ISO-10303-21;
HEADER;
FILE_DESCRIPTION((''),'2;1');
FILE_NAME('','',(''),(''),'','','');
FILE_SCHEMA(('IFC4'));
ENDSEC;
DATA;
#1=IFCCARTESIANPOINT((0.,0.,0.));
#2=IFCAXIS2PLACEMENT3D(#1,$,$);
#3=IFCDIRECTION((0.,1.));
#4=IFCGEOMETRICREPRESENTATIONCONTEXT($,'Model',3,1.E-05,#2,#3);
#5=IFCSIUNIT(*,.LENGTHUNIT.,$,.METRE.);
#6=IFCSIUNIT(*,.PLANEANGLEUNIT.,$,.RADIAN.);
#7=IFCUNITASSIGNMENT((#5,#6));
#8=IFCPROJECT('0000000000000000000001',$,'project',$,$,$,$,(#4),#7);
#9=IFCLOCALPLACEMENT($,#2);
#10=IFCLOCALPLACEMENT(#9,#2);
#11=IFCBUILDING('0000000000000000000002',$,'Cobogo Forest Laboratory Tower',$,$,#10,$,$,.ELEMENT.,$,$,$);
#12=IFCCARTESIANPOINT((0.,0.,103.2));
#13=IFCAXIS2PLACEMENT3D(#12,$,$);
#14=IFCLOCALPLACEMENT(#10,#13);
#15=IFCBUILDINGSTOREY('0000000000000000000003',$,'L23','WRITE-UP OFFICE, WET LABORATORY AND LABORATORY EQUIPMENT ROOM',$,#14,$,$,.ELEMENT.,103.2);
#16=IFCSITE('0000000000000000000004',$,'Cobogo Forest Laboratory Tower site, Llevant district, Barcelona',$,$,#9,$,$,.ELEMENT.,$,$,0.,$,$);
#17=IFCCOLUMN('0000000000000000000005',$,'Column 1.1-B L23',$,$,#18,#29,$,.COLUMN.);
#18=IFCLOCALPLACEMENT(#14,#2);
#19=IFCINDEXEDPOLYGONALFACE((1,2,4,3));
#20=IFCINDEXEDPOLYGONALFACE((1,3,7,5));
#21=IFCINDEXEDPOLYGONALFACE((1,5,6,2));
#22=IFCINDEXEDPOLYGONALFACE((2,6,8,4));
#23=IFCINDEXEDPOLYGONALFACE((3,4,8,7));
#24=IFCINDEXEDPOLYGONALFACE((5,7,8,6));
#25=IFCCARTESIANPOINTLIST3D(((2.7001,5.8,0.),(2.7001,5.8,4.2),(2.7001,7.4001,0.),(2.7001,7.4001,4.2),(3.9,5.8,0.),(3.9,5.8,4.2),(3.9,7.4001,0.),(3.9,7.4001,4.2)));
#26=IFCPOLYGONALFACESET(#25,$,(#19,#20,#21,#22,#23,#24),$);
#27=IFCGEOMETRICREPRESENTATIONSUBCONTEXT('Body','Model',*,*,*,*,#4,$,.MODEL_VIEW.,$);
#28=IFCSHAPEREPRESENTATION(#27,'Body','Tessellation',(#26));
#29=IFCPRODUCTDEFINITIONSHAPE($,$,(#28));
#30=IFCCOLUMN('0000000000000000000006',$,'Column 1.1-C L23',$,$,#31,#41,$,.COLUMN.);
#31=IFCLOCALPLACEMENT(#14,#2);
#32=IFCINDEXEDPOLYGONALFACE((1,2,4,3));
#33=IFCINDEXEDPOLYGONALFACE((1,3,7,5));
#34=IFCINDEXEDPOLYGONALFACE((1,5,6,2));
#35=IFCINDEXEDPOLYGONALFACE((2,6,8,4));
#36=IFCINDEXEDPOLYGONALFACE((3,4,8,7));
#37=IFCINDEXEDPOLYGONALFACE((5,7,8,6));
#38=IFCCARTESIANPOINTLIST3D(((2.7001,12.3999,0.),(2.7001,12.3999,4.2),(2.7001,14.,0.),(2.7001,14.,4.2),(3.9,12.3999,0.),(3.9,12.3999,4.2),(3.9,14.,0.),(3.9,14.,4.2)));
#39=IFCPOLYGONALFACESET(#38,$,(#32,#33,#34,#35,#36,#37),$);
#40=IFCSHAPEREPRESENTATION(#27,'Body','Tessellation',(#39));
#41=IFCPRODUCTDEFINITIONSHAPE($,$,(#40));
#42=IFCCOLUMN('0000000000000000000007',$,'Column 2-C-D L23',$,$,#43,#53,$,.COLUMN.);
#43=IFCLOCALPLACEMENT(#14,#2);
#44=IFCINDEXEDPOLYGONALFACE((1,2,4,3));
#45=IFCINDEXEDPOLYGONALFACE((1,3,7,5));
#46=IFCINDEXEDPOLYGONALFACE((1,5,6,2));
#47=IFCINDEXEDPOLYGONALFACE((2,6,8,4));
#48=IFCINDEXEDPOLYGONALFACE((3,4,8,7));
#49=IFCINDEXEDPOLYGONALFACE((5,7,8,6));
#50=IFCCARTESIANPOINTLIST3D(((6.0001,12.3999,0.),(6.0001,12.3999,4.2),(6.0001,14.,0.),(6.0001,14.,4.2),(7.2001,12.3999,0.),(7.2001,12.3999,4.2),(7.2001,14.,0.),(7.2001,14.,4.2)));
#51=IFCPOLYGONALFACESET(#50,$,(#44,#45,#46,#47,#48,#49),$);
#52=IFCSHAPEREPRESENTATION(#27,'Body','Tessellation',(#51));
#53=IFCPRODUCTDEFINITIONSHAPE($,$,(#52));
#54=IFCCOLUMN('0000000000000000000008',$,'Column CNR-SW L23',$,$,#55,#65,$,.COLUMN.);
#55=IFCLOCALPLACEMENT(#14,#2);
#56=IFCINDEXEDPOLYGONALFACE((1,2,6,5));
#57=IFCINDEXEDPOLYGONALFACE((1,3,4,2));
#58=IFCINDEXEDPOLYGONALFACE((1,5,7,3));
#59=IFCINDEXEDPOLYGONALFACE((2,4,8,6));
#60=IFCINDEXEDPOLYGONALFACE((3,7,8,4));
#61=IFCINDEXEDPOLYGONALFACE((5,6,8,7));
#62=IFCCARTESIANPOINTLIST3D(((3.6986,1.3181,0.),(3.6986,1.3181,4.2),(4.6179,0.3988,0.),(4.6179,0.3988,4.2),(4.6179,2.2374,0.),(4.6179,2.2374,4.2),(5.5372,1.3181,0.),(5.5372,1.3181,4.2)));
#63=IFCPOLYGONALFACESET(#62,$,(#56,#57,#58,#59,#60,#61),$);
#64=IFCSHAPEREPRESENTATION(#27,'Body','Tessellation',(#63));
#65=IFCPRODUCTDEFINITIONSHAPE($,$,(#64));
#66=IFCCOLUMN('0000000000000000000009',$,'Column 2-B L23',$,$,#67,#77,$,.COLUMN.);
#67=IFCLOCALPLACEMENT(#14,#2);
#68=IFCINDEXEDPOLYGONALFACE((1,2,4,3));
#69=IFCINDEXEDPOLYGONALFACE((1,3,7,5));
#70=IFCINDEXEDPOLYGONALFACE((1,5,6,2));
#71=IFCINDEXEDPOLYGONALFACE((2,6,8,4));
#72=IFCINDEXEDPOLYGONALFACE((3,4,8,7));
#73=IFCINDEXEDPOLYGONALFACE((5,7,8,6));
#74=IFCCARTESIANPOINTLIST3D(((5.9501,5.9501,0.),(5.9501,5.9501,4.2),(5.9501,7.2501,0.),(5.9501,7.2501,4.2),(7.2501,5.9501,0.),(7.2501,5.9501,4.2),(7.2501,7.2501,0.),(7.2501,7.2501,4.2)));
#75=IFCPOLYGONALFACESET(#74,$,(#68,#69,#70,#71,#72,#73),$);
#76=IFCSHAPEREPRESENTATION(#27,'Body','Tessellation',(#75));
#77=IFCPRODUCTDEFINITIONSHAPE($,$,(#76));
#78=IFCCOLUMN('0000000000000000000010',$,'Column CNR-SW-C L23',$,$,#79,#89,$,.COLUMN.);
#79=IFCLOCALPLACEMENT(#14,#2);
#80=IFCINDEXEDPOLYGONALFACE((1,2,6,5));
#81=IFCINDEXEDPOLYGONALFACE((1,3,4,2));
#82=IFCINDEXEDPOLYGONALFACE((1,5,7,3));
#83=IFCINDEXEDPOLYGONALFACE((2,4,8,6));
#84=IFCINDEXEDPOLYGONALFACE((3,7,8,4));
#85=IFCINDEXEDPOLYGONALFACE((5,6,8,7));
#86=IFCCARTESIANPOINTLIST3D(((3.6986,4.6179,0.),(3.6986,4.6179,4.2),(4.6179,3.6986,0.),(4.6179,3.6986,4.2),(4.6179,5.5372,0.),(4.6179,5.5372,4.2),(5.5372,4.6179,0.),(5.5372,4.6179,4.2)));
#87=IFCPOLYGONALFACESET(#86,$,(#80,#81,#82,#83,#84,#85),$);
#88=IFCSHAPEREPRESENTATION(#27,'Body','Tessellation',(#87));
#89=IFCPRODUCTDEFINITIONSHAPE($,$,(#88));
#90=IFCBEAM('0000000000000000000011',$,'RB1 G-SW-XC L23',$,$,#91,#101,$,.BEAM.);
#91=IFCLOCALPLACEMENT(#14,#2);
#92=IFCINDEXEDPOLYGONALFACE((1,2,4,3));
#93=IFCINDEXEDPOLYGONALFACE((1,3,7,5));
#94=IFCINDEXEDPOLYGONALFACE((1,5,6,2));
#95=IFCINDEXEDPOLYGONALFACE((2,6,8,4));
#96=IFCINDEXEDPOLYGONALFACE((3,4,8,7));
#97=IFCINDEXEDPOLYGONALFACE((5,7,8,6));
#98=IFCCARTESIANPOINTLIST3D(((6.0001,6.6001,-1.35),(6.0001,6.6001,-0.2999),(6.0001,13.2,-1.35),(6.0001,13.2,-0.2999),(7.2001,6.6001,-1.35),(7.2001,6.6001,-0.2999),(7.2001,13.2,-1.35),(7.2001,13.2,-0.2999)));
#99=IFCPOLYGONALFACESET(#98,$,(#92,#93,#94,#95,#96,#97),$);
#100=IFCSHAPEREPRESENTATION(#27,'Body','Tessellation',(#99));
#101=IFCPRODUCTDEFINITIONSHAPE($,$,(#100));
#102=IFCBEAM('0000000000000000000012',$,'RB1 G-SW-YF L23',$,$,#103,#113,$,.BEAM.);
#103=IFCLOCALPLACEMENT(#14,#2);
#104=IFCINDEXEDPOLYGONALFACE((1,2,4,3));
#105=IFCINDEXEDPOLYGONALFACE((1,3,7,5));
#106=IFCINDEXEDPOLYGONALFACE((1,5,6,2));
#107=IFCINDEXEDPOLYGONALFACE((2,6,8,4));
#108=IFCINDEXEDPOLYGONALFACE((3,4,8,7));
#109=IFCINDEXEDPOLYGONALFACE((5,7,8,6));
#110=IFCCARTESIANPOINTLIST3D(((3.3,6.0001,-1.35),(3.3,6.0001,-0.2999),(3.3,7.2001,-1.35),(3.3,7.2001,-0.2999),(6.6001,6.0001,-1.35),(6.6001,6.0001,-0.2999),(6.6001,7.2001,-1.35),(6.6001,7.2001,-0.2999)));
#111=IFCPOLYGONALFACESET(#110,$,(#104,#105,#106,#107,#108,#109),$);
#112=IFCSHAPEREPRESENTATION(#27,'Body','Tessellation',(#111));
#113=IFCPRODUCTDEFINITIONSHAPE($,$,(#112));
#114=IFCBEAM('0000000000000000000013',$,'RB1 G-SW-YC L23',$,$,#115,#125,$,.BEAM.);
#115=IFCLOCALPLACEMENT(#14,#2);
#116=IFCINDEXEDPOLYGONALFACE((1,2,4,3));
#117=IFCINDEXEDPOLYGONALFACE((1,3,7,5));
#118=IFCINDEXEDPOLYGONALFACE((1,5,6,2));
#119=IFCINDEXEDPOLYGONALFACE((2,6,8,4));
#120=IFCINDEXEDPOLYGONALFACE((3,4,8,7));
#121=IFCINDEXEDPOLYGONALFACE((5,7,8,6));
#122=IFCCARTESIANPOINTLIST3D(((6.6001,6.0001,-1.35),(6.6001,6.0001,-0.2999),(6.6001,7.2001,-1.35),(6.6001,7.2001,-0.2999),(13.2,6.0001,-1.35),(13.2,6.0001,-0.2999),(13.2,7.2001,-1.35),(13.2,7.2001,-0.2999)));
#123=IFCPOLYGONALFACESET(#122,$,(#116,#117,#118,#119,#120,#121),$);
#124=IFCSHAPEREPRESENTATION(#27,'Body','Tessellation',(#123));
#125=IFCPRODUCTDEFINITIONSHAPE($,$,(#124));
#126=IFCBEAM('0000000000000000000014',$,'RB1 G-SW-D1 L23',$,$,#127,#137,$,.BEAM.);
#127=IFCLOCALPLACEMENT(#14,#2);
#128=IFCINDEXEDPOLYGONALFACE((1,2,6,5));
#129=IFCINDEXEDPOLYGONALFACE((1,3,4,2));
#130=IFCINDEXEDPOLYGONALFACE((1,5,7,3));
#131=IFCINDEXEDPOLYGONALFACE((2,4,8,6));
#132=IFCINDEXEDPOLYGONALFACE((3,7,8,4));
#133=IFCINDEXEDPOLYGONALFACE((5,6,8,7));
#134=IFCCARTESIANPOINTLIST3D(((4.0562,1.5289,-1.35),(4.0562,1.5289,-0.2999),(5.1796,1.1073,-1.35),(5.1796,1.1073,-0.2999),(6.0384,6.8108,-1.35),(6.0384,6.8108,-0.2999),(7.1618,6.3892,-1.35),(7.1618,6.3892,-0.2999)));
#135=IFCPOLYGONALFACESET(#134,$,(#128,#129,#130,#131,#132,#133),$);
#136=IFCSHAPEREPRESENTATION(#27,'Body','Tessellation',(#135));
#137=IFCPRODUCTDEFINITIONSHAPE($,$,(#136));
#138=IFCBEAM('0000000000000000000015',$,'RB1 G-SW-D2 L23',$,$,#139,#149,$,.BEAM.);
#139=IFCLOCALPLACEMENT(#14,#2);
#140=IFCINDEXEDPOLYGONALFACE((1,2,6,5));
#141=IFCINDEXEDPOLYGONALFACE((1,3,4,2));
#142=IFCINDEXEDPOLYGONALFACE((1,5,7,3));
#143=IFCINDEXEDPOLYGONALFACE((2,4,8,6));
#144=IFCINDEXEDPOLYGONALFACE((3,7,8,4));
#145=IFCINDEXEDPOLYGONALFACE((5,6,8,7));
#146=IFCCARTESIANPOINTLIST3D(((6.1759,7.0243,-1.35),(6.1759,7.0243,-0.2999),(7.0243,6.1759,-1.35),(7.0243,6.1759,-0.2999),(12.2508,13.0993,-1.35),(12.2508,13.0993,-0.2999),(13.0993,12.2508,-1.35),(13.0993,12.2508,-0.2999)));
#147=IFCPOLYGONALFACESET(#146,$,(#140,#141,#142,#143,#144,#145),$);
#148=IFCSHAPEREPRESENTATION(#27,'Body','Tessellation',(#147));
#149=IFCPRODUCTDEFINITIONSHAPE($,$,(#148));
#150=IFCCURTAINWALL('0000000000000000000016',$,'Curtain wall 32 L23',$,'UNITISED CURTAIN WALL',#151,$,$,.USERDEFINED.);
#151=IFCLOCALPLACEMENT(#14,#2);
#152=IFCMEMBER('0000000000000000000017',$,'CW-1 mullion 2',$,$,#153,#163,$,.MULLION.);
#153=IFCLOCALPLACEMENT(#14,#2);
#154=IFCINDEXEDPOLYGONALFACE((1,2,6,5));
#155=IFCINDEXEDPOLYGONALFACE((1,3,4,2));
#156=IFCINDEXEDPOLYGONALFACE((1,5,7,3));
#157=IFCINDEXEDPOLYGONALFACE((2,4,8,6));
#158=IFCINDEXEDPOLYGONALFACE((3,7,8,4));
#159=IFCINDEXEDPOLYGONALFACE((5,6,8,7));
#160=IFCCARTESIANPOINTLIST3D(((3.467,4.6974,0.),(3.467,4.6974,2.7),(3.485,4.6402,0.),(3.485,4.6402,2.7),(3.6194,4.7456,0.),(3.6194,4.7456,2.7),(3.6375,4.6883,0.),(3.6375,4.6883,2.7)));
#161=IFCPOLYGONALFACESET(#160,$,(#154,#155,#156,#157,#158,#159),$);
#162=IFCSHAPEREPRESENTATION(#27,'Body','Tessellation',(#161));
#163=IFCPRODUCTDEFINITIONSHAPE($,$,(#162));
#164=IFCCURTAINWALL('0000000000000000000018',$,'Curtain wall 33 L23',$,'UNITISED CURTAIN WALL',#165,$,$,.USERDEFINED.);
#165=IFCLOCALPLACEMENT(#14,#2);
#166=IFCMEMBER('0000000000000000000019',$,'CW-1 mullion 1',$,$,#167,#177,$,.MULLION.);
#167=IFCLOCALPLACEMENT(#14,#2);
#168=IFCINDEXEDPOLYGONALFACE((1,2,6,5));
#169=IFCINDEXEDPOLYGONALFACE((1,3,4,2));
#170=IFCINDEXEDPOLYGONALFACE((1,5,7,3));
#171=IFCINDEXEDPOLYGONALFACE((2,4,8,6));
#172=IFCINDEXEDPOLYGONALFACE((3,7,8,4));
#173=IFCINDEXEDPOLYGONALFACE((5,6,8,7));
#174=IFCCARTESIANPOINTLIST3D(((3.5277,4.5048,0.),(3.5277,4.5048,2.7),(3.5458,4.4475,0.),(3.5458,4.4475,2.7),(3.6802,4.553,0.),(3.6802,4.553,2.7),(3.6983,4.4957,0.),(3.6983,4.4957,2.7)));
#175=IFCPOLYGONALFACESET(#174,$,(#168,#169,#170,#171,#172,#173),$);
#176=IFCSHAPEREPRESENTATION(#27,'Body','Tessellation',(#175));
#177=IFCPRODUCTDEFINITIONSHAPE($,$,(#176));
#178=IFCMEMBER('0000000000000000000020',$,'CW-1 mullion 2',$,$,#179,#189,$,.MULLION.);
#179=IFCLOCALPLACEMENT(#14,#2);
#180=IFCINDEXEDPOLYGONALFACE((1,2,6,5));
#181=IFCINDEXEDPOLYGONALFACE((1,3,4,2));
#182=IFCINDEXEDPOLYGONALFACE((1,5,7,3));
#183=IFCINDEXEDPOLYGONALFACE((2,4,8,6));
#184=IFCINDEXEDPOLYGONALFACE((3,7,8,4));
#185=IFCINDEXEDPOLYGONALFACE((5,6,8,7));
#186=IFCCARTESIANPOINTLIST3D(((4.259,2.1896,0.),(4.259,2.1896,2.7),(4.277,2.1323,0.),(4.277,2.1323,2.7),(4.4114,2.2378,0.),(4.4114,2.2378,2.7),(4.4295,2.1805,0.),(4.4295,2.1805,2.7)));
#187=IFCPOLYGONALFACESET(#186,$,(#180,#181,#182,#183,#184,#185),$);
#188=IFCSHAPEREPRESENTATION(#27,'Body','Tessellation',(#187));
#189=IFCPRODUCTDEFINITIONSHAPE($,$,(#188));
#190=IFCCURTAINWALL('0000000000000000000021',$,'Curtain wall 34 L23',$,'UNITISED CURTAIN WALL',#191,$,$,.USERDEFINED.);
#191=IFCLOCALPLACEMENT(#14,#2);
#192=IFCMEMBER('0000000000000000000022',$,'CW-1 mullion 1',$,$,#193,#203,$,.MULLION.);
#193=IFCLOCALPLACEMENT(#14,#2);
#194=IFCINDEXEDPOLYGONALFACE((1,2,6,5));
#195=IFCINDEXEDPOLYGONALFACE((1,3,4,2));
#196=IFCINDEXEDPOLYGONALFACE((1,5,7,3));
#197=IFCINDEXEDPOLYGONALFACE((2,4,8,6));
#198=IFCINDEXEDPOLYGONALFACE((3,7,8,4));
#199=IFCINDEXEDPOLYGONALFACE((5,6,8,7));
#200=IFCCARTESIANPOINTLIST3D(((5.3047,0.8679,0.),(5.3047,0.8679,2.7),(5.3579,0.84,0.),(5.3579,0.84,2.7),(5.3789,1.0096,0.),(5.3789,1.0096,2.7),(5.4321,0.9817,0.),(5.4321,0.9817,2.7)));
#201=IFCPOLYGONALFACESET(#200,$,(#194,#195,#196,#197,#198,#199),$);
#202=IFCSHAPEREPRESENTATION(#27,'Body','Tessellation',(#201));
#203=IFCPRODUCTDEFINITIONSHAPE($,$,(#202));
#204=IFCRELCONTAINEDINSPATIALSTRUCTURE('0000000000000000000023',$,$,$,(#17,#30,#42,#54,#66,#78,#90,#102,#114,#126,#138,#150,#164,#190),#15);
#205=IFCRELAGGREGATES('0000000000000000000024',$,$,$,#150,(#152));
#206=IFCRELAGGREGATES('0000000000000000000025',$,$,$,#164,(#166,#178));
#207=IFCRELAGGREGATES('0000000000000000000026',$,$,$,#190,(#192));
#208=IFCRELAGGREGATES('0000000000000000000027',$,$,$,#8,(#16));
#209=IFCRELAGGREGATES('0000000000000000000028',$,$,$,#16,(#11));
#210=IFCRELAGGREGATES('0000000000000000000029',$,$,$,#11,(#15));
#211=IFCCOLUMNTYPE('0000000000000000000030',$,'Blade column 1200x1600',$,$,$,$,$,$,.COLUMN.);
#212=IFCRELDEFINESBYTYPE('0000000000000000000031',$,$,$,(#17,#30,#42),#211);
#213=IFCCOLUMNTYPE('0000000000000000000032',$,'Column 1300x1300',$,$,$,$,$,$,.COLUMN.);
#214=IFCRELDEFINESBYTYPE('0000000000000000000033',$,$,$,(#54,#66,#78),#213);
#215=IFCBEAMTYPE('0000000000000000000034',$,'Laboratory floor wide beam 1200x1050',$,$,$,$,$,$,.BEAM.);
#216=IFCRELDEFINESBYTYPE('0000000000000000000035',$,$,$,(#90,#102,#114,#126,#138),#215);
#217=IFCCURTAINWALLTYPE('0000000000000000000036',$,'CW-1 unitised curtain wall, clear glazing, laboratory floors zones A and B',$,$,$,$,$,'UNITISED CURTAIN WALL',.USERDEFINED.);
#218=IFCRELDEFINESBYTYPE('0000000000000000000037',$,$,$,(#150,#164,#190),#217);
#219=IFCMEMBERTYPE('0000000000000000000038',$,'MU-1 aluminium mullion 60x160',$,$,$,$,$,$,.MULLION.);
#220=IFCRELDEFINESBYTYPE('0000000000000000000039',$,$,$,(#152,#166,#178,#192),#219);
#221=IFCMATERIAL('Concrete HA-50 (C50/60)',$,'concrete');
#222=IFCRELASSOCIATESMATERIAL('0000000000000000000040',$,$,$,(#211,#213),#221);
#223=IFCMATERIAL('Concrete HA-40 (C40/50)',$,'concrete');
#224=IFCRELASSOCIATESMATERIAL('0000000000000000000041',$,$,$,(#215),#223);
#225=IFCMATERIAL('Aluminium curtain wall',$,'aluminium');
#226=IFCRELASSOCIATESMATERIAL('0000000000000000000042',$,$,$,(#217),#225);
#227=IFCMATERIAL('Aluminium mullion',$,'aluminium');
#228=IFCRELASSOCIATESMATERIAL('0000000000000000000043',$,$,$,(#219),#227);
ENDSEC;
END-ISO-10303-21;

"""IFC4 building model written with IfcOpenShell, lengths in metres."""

from ifc_helpers import new_model, si_unit, direction, frame, origin, origin_2d, place, context, subcontext, project, spatial, rectangle, extrude, material, material_profile, profile_set, type_object, element, aggregate, save


model = new_model("IFC4")

# Units and contexts
model_context = context("Model", 3, precision=1e-05, world=origin(), true_north=direction((0.0, 1.0)))
body_context = subcontext(model_context, "Body", "Model", "MODEL_VIEW")
ifc_project = project(units=[si_unit("LENGTHUNIT", "METRE"), si_unit("PLANEANGLEUNIT", "RADIAN")], contexts=[model_context])

# Site, building, storey
site_placement = place(None, origin())
site = spatial("IfcSite", under=ifc_project, at=site_placement, Name="Cobogo Forest Laboratory Tower site, Llevant district, Barcelona", CompositionType="ELEMENT", RefElevation=0.0)
building_placement = place(site_placement, origin())
building = spatial("IfcBuilding", under=site, at=building_placement, Name="Cobogo Forest Laboratory Tower", CompositionType="ELEMENT")
storey_placement = place(building_placement, frame((0.0, 0.0, 103.2)))
storey = spatial("IfcBuildingStorey", under=building, at=storey_placement, Name="L23", Description="WRITE-UP OFFICE, WET LABORATORY AND LABORATORY EQUIPMENT ROOM", CompositionType="ELEMENT", Elevation=103.2)

# Columns
ifc_material_1 = material(Name="Concrete HA-50 (C50/60)", Category="concrete")
ifc_material_profile_1 = material_profile(ifc_material_1, rectangle(XDim=1.6001, YDim=1.2, at=origin_2d()), Name="RC 1200x1600")
ifc_profile_set_1 = profile_set([ifc_material_profile_1], Name="Concrete HA-50 (C50/60)")
column_type_1 = type_object("IfcColumnType", Name="Blade column 1200x1600", PredefinedType="COLUMN", material=ifc_profile_set_1)
for number, where, z_axis, x_axis, name in (
    (1, (3.3, 6.6001, 0.0), (0.0, 0.0, 1.0), (0.0, 1.0, 0.0), "Column 1.1-B L23"),
    (2, (3.3, 13.2, 0.0), (0.0, 0.0, 1.0), (0.0, 1.0, 0.0), "Column 1.1-C L23"),
    (3, (6.6001, 13.2, 0.0), (0.0, 0.0, 1.0), (0.0, 1.0, 0.0), "Column 2-C-D L23"),
):
    element("IfcColumn", number, at=place(storey_placement, frame(where, z_axis=z_axis, x_axis=x_axis)), inside=storey, type_object=column_type_1, Name=name, PredefinedType="COLUMN", context=body_context, shape_type="SweptSolid", body=[
        extrude(rectangle(XDim=1.6001, YDim=1.2, at=origin_2d()), origin(), (0.0, 0.0, 1.0), 4.2),
    ])
ifc_material_profile_2 = material_profile(ifc_material_1, rectangle(XDim=1.3, YDim=1.3, at=origin_2d()), Name="RC 1300x1300")
ifc_profile_set_2 = profile_set([ifc_material_profile_2], Name="Concrete HA-50 (C50/60)")
column_type_2 = type_object("IfcColumnType", Name="Column 1300x1300", PredefinedType="COLUMN", material=ifc_profile_set_2)
for number, where, z_axis, x_axis, name in (
    (4, (4.6179, 1.3181, 0.0), (0.0, 0.0, 1.0), (0.707107, 0.707107, 0.0), "Column CNR-SW L23"),
    (5, (6.6001, 6.6001, 0.0), (0.0, 0.0, 1.0), (1.0, 0.0, 0.0), "Column 2-B L23"),
    (6, (4.6179, 4.6179, 0.0), (0.0, 0.0, 1.0), (0.707107, 0.707107, 0.0), "Column CNR-SW-C L23"),
):
    element("IfcColumn", number, at=place(storey_placement, frame(where, z_axis=z_axis, x_axis=x_axis)), inside=storey, type_object=column_type_2, Name=name, PredefinedType="COLUMN", context=body_context, shape_type="SweptSolid", body=[
        extrude(rectangle(XDim=1.3, YDim=1.3, at=origin_2d()), origin(), (0.0, 0.0, 1.0), 4.2),
    ])

# Beams
ifc_material_2 = material(Name="Concrete HA-40 (C40/50)", Category="concrete")
ifc_material_profile_3 = material_profile(ifc_material_2, rectangle(XDim=1.2, YDim=1.05, at=origin_2d()), Name="RC 1200x1050")
ifc_profile_set_3 = profile_set([ifc_material_profile_3], Name="Concrete HA-40 (C40/50)")
beam_type_1 = type_object("IfcBeamType", Name="Laboratory floor wide beam 1200x1050", PredefinedType="BEAM", material=ifc_profile_set_3)
beam_1_placement = place(storey_placement, frame((6.6001, 6.6001, -0.825), z_axis=(0.0, 1.0, 0.0), x_axis=(-1.0, 0.0, 0.0)))
element("IfcBeam", 7, at=beam_1_placement, inside=storey, type_object=beam_type_1, Name="RB1 G-SW-XC L23", PredefinedType="BEAM", context=body_context, shape_type="SweptSolid", body=[
    extrude(rectangle(XDim=1.2, YDim=1.05, at=origin_2d()), origin(), (0.0, 0.0, 1.0), 6.5999),
])
beam_2_placement = place(storey_placement, frame((3.3, 6.6001, -0.825), z_axis=(1.0, 0.0, 0.0), x_axis=(0.0, 1.0, 0.0)))
element("IfcBeam", 8, at=beam_2_placement, inside=storey, type_object=beam_type_1, Name="RB1 G-SW-YF L23", PredefinedType="BEAM", context=body_context, shape_type="SweptSolid", body=[
    extrude(rectangle(XDim=1.2, YDim=1.05, at=origin_2d()), origin(), (0.0, 0.0, 1.0), 3.3),
])
beam_3_placement = place(storey_placement, frame((6.6001, 6.6001, -0.825), z_axis=(1.0, 0.0, 0.0), x_axis=(0.0, 1.0, 0.0)))
element("IfcBeam", 9, at=beam_3_placement, inside=storey, type_object=beam_type_1, Name="RB1 G-SW-YC L23", PredefinedType="BEAM", context=body_context, shape_type="SweptSolid", body=[
    extrude(rectangle(XDim=1.2, YDim=1.05, at=origin_2d()), origin(), (0.0, 0.0, 1.0), 6.5999),
])
beam_4_placement = place(storey_placement, frame((4.6179, 1.3181, -0.825), z_axis=(0.351346, 0.936246, 0.0), x_axis=(-0.936246, 0.351346, 0.0)))
element("IfcBeam", 10, at=beam_4_placement, inside=storey, type_object=beam_type_1, Name="RB1 G-SW-D1 L23", PredefinedType="BEAM", context=body_context, shape_type="SweptSolid", body=[
    extrude(rectangle(XDim=1.2, YDim=1.05, at=origin_2d()), origin(), (0.0, 0.0, 1.0), 5.6416),
])
beam_5_placement = place(storey_placement, frame((6.6001, 6.6001, -0.825), z_axis=(0.707107, 0.707107, 0.0), x_axis=(-0.707107, 0.707107, 0.0)))
element("IfcBeam", 11, at=beam_5_placement, inside=storey, type_object=beam_type_1, Name="RB1 G-SW-D2 L23", PredefinedType="BEAM", context=body_context, shape_type="SweptSolid", body=[
    extrude(rectangle(XDim=1.2, YDim=1.05, at=origin_2d()), origin(), (0.0, 0.0, 1.0), 8.5913),
])

# Curtain wall, member
ifc_material_3 = material(Name="Aluminium curtain wall", Category="aluminium")
curtain_wall_type = type_object("IfcCurtainWallType", Name="CW-1 unitised curtain wall, clear glazing, laboratory floors zones A and B", ElementType="UNITISED CURTAIN WALL", PredefinedType="USERDEFINED", material=ifc_material_3)
curtain_wall_1_placement = place(storey_placement, origin())
curtain_wall_1 = element("IfcCurtainWall", 12, at=curtain_wall_1_placement, inside=storey, type_object=curtain_wall_type, Name="Curtain wall 32 L23", ObjectType="UNITISED CURTAIN WALL", PredefinedType="USERDEFINED")
ifc_material_4 = material(Name="Aluminium mullion", Category="aluminium")
ifc_material_profile_4 = material_profile(ifc_material_4, rectangle(XDim=0.0601, YDim=0.1599, at=origin_2d()), Name="AL 60x160")
ifc_profile_set_4 = profile_set([ifc_material_profile_4], Name="Aluminium mullion")
member_type_1 = type_object("IfcMemberType", Name="MU-1 aluminium mullion 60x160", PredefinedType="MULLION", material=ifc_profile_set_4)
member_1_placement = place(storey_placement, frame((3.5522, 4.6929, 0.0), z_axis=(0.0, 0.0, 1.0), x_axis=(0.301136, -0.953581, 0.0)))
member_1 = element("IfcMember", 13, at=member_1_placement, type_object=member_type_1, Name="CW-1 mullion 2", PredefinedType="MULLION", context=body_context, shape_type="SweptSolid", body=[
    extrude(rectangle(XDim=0.0601, YDim=0.1599, at=origin_2d()), origin(), (0.0, 0.0, 1.0), 2.7),
])

# Curtain walls, members
curtain_wall_2_placement = place(storey_placement, origin())
curtain_wall_2 = element("IfcCurtainWall", 14, at=curtain_wall_2_placement, inside=storey, type_object=curtain_wall_type, Name="Curtain wall 33 L23", ObjectType="UNITISED CURTAIN WALL", PredefinedType="USERDEFINED")
member_2_placement = place(storey_placement, frame((3.613, 4.5002, 0.0), z_axis=(0.0, 0.0, 1.0), x_axis=(0.301135, -0.953581, 0.0)))
member_2 = element("IfcMember", 15, at=member_2_placement, type_object=member_type_1, Name="CW-1 mullion 1", PredefinedType="MULLION", context=body_context, shape_type="SweptSolid", body=[
    extrude(rectangle(XDim=0.0601, YDim=0.1599, at=origin_2d()), origin(), (0.0, 0.0, 1.0), 2.7),
])
member_3_placement = place(storey_placement, frame((4.3442, 2.1851, 0.0), z_axis=(0.0, 0.0, 1.0), x_axis=(0.301135, -0.953581, 0.0)))
member_3 = element("IfcMember", 16, at=member_3_placement, type_object=member_type_1, Name="CW-1 mullion 2", PredefinedType="MULLION", context=body_context, shape_type="SweptSolid", body=[
    extrude(rectangle(XDim=0.0601, YDim=0.1599, at=origin_2d()), origin(), (0.0, 0.0, 1.0), 2.7),
])
curtain_wall_3_placement = place(storey_placement, origin())
curtain_wall_3 = element("IfcCurtainWall", 17, at=curtain_wall_3_placement, inside=storey, type_object=curtain_wall_type, Name="Curtain wall 34 L23", ObjectType="UNITISED CURTAIN WALL", PredefinedType="USERDEFINED")
member_4_placement = place(storey_placement, frame((5.3684, 0.9248, 0.0), z_axis=(0.0, 0.0, 1.0), x_axis=(0.885687, -0.464284, 0.0)))
member_4 = element("IfcMember", 18, at=member_4_placement, type_object=member_type_1, Name="CW-1 mullion 1", PredefinedType="MULLION", context=body_context, shape_type="SweptSolid", body=[
    extrude(rectangle(XDim=0.0601, YDim=0.1599, at=origin_2d()), origin(), (0.0, 0.0, 1.0), 2.7),
])

aggregate(curtain_wall_1, [member_1])
aggregate(curtain_wall_2, [member_2, member_3])
aggregate(curtain_wall_3, [member_4])

save(model, "model.ifc")
